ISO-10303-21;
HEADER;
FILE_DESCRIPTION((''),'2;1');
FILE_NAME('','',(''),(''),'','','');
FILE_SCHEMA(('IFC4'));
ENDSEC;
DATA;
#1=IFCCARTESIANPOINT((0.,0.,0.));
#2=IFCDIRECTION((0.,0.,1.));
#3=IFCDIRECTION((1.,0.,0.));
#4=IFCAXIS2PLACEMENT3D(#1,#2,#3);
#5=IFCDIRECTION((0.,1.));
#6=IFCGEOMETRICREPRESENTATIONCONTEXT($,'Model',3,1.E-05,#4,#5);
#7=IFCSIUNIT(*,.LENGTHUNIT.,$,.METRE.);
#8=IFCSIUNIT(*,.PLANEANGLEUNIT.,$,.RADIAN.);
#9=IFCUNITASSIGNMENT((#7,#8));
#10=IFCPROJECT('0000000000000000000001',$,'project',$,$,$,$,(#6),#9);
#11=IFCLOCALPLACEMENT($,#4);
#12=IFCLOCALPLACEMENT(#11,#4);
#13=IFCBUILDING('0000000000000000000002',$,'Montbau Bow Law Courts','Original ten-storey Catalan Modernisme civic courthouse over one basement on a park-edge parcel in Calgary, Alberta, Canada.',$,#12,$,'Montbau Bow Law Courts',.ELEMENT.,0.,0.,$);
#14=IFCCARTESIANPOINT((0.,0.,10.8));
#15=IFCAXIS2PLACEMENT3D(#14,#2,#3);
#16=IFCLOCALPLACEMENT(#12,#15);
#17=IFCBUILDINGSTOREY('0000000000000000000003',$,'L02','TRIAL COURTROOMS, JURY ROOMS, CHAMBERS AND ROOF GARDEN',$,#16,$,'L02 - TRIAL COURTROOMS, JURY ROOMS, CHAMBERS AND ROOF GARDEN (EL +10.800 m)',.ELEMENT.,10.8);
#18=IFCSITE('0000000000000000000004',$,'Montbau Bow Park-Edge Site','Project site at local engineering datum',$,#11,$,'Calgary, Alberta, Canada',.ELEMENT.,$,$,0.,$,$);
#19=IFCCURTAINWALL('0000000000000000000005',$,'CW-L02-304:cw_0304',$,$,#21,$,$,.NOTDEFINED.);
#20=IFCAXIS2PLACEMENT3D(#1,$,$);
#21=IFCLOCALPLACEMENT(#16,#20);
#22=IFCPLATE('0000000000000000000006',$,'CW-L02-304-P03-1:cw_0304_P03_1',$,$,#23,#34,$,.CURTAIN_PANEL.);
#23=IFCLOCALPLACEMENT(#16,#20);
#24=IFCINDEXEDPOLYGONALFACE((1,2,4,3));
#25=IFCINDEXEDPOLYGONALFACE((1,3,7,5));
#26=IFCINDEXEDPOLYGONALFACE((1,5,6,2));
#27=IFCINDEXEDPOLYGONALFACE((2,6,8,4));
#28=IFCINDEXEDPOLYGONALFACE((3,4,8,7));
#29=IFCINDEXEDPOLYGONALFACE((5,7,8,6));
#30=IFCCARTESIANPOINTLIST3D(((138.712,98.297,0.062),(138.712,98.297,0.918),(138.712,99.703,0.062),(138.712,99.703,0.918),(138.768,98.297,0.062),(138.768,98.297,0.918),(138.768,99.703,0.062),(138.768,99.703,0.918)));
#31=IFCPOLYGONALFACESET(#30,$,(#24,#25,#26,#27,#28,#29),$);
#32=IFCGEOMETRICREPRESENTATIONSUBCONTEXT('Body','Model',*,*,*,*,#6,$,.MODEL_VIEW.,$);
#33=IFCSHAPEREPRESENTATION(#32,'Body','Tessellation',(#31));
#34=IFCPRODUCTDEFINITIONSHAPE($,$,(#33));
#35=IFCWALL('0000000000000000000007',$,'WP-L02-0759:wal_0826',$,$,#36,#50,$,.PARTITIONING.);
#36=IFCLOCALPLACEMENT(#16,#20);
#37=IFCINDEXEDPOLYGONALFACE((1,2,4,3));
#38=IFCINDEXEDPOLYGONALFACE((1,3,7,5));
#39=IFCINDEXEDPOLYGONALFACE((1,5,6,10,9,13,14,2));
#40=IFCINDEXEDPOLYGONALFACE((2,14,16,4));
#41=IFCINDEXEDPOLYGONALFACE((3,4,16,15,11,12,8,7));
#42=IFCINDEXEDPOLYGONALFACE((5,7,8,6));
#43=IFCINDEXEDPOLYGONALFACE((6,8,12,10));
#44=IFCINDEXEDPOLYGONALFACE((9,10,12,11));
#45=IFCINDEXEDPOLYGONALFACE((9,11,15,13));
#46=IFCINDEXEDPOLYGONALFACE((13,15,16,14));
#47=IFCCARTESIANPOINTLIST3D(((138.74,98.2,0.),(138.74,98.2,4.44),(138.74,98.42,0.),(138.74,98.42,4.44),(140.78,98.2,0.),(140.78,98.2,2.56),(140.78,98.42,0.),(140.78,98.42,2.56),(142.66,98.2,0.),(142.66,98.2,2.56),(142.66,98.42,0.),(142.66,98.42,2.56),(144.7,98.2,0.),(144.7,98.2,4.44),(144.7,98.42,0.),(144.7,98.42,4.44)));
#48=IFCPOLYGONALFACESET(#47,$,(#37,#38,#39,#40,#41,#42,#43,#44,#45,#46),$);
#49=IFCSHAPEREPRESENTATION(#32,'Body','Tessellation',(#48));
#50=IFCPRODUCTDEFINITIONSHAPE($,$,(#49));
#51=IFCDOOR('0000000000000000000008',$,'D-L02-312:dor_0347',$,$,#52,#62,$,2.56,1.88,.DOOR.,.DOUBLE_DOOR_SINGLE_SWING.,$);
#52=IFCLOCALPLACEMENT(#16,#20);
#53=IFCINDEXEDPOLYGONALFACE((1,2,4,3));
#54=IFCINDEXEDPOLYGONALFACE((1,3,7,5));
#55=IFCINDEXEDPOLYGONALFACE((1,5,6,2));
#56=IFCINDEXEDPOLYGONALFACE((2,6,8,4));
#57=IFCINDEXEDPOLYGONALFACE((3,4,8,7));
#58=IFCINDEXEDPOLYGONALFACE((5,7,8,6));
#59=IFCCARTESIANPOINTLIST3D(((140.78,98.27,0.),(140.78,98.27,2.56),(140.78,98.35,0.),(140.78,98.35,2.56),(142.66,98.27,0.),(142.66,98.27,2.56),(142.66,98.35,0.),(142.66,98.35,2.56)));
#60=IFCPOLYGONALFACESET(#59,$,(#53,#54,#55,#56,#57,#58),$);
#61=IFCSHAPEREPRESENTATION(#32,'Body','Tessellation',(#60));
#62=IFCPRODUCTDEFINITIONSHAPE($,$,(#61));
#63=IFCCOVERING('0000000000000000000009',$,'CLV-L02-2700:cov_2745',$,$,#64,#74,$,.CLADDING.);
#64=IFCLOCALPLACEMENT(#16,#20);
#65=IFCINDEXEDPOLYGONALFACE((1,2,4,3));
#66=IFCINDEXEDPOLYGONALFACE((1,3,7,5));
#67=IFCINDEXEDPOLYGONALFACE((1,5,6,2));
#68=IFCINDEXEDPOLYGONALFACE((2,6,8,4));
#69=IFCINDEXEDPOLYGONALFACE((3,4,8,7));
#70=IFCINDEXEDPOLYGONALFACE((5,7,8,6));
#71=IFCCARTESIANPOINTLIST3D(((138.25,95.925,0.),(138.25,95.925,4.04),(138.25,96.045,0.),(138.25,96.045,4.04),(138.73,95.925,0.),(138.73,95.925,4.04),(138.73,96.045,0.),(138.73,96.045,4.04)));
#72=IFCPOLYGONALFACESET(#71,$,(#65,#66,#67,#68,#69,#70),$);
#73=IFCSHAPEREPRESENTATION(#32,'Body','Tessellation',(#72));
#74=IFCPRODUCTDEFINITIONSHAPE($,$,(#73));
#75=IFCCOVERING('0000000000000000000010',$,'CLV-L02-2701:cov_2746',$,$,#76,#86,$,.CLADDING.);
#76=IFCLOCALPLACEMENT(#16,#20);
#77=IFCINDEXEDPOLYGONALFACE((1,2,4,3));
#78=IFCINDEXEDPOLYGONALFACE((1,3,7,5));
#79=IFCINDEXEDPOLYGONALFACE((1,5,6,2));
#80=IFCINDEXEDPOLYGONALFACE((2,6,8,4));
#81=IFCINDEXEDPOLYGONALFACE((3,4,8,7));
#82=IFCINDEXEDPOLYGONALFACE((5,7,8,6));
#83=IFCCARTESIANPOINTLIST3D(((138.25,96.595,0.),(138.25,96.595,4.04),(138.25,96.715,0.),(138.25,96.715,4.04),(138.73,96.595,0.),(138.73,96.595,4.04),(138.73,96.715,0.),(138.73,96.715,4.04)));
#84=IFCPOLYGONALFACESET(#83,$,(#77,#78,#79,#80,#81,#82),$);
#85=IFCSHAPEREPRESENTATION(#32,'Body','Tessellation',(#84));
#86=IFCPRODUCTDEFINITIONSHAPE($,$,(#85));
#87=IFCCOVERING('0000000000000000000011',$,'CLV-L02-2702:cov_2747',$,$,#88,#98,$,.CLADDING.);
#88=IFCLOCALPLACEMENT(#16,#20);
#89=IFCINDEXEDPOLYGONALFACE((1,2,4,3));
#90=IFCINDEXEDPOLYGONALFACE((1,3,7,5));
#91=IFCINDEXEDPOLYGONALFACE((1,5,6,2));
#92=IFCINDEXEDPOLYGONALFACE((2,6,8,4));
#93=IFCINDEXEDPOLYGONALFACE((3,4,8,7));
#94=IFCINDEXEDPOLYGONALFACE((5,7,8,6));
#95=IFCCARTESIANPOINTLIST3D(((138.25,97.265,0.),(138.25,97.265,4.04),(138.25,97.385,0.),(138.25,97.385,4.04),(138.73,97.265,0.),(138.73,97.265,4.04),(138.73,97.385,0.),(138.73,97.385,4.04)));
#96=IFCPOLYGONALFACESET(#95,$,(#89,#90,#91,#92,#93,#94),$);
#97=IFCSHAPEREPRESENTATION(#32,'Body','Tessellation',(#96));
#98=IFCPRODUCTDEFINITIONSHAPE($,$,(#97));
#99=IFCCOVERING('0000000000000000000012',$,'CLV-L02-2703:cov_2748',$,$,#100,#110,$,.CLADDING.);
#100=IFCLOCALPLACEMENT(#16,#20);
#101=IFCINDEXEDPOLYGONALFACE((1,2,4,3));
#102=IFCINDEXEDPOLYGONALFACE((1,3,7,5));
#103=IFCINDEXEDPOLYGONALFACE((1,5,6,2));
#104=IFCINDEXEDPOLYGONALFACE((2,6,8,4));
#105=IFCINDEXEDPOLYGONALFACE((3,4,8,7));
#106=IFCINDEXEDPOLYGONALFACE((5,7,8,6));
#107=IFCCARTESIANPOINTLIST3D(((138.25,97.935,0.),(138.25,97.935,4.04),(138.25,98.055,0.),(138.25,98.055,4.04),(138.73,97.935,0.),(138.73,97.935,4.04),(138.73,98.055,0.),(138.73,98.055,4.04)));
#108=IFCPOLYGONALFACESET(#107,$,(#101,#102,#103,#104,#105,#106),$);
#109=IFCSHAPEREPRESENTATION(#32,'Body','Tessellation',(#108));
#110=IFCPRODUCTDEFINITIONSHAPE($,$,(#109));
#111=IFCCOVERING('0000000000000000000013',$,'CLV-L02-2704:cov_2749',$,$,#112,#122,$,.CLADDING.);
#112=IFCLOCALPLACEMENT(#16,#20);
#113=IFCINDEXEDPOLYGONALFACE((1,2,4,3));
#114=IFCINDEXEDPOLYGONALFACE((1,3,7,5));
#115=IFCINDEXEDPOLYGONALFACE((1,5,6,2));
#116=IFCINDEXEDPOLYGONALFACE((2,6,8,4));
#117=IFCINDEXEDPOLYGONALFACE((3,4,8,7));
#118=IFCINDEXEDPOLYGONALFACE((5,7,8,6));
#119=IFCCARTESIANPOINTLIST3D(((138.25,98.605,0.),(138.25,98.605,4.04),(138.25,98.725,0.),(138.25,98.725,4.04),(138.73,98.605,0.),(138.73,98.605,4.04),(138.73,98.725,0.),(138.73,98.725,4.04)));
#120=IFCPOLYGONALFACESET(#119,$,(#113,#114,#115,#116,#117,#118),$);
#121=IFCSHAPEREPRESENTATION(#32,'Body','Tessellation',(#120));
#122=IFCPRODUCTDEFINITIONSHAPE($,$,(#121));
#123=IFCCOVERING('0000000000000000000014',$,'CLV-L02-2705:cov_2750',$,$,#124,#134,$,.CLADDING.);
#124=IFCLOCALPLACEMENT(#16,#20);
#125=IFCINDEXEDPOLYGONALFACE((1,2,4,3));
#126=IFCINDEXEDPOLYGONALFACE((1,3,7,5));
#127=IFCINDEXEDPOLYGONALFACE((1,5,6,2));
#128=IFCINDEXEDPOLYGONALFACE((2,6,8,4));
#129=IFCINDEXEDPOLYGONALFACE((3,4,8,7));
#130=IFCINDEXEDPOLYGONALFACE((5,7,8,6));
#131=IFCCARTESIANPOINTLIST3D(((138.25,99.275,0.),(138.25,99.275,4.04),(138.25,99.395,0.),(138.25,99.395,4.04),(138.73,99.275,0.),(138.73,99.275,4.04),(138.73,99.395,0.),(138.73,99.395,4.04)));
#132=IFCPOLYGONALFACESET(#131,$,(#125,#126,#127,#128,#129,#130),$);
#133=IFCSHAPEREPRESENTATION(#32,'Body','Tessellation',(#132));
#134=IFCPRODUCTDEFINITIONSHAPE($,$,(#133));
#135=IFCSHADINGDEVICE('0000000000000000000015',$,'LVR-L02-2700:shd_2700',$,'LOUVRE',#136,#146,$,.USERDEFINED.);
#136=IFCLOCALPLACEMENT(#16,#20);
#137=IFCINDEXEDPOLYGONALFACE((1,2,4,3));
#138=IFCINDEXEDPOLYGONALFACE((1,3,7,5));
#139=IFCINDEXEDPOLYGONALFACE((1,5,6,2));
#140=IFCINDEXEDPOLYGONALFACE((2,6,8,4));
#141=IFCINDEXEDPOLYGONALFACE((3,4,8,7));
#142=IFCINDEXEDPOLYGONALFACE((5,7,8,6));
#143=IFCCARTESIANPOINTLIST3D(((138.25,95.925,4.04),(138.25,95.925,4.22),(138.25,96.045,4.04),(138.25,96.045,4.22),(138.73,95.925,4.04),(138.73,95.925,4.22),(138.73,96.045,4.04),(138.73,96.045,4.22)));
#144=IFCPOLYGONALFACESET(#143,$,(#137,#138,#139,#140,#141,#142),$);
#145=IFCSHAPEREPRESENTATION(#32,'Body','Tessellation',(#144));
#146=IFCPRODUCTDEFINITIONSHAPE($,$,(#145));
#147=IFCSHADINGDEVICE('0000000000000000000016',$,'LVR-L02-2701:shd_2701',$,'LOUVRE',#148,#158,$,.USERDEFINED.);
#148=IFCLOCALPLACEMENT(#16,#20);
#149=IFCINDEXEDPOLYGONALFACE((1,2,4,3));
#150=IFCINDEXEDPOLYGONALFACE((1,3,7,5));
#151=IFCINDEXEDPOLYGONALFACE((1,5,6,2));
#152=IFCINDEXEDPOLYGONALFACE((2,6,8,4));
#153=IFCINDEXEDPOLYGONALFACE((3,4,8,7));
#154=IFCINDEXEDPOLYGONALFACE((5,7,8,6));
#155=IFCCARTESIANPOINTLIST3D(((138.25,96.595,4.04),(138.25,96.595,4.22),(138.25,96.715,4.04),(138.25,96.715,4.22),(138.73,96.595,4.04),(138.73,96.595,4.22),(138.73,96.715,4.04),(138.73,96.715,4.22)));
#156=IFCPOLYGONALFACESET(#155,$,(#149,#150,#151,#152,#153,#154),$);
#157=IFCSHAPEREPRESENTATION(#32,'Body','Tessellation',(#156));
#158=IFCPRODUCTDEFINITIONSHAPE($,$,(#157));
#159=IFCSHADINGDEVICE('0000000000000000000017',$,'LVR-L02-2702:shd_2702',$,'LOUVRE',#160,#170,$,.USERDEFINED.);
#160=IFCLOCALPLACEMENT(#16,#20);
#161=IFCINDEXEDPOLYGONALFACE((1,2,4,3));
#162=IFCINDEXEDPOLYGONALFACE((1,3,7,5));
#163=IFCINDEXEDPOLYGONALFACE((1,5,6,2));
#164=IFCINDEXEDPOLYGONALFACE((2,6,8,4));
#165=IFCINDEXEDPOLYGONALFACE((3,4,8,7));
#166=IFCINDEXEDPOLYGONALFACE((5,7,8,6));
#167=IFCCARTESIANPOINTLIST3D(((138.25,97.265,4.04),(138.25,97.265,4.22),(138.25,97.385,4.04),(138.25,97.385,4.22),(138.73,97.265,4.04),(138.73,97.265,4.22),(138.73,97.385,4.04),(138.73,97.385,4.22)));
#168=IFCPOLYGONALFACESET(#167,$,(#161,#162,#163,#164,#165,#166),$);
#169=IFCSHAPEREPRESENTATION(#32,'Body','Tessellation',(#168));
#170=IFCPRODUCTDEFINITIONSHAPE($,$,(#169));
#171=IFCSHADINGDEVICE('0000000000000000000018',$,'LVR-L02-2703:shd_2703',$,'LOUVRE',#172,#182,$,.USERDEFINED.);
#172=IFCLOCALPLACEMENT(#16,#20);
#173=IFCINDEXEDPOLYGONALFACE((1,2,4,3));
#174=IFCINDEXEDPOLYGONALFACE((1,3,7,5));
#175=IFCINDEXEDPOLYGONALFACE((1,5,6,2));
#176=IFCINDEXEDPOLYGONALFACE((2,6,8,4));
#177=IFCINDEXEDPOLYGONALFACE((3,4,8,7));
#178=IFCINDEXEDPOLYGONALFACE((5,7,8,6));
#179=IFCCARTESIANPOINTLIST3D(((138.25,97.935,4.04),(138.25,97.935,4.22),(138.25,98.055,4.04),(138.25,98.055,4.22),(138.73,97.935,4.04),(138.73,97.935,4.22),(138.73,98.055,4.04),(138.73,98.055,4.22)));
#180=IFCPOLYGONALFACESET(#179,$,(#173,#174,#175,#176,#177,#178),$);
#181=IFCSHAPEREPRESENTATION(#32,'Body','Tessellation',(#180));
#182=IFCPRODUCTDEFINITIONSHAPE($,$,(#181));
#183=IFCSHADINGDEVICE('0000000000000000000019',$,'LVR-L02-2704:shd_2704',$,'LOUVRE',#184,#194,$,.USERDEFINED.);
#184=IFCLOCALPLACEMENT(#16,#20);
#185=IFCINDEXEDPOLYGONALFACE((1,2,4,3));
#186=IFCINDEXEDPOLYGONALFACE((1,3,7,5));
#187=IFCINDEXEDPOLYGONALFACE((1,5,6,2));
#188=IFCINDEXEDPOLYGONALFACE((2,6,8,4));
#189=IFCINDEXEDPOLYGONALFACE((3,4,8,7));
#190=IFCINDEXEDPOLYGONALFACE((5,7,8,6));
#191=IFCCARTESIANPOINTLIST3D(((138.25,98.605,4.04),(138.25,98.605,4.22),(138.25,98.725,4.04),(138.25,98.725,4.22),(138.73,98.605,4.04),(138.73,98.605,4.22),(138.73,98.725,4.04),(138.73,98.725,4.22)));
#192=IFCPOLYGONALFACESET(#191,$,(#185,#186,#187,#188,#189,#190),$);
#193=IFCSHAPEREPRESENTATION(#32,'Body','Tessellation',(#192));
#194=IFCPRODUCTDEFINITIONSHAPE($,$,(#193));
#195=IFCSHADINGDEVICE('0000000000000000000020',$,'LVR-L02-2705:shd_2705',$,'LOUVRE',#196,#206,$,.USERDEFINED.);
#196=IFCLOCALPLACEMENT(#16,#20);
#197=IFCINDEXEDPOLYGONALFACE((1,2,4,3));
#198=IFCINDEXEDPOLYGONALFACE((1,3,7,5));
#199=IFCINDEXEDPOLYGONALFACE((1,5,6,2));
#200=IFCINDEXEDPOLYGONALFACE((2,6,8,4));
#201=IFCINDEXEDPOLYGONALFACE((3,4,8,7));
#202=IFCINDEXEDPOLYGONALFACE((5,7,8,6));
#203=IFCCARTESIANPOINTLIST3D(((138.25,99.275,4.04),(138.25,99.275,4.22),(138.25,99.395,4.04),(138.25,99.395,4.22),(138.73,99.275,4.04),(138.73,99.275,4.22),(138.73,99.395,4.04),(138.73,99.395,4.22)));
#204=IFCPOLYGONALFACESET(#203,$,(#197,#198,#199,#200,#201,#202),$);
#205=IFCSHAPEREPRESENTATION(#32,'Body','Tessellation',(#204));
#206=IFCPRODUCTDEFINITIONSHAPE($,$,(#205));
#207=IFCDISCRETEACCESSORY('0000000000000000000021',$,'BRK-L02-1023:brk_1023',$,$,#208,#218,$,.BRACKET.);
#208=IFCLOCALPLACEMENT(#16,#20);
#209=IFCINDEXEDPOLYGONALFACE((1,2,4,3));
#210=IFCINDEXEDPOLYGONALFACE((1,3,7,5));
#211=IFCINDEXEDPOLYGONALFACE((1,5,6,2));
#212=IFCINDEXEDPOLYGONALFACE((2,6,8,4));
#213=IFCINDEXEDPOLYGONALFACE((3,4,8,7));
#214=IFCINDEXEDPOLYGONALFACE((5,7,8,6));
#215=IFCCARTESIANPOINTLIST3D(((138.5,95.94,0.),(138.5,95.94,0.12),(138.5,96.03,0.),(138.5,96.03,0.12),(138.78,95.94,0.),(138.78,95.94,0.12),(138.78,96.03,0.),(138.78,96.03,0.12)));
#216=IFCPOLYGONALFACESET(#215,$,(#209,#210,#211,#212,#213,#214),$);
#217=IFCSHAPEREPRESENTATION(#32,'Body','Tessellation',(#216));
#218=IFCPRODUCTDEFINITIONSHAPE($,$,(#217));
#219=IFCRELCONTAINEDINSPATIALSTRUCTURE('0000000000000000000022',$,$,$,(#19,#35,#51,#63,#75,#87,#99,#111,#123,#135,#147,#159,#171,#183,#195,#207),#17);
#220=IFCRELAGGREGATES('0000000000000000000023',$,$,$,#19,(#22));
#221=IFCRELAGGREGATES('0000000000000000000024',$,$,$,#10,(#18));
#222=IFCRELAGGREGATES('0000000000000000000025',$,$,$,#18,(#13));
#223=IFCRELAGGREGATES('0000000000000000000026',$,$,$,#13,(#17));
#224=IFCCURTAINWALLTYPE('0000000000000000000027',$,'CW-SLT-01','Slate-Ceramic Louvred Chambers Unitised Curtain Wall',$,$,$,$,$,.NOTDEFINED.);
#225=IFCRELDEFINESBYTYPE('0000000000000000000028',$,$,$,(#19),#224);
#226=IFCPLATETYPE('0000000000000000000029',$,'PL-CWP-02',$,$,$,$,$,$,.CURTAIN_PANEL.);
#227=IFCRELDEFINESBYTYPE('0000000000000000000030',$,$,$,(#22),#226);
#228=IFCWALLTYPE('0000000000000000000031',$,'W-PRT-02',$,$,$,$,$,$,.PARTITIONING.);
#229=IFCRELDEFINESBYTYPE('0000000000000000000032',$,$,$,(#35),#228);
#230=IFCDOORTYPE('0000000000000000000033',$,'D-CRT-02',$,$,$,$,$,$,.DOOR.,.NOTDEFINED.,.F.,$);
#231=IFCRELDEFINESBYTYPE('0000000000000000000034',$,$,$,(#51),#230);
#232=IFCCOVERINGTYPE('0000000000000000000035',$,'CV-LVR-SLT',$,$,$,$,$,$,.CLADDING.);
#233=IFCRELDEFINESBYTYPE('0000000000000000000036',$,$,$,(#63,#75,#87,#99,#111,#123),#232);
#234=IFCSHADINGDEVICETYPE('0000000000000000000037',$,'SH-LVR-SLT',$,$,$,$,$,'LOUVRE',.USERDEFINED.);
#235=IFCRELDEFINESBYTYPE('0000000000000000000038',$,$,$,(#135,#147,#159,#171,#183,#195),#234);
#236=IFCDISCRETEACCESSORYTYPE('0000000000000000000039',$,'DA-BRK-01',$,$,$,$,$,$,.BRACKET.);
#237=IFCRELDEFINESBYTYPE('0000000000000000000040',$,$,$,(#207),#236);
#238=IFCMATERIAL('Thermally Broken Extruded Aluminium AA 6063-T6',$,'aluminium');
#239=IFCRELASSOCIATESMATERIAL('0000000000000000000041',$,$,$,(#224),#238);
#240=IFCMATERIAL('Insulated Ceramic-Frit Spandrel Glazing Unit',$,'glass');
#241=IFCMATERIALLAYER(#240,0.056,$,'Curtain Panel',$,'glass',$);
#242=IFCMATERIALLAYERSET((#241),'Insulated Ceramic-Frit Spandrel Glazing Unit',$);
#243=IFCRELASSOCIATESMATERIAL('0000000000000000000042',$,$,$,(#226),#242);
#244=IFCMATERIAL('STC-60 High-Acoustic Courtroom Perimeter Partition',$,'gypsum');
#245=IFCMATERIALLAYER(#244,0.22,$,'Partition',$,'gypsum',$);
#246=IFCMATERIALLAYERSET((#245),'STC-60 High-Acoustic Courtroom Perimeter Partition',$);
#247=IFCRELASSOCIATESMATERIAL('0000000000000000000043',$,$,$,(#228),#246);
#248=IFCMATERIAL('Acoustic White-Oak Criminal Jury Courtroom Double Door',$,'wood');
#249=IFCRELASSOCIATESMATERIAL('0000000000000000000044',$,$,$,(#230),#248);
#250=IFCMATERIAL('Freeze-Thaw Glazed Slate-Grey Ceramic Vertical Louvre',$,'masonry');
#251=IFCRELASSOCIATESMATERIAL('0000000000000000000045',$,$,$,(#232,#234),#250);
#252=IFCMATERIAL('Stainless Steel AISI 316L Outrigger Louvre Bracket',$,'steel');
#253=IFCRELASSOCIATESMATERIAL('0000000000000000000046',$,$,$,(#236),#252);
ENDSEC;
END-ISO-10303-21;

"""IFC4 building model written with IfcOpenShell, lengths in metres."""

from ifc_helpers import new_model, si_unit, direction, frame, frame_2d, origin_with_axes, origin_2d_with_axis, place, context, subcontext, project, spatial, rectangle, extrude, material, layer, layer_set, type_object, element, fill, aggregate, save


model = new_model("IFC4")

# Units and contexts
model_context = context("Model", 3, precision=1e-05, world=origin_with_axes(), true_north=direction((0.0, 1.0)))
body_context = subcontext(model_context, "Body", "Model", "MODEL_VIEW")
ifc_project = project(units=[si_unit("LENGTHUNIT", "METRE"), si_unit("PLANEANGLEUNIT", "RADIAN")], contexts=[model_context])

# Site, building, storey
site_placement = place(None, origin_with_axes())
site = spatial("IfcSite", under=ifc_project, at=site_placement, Name="Montbau Bow Park-Edge Site", Description="Project site at local engineering datum", LongName="Calgary, Alberta, Canada", CompositionType="ELEMENT", RefElevation=0.0)
building_placement = place(site_placement, origin_with_axes())
building = spatial("IfcBuilding", under=site, at=building_placement, Name="Montbau Bow Law Courts", Description="Original ten-storey Catalan Modernisme civic courthouse over one basement on a park-edge parcel in Calgary, Alberta, Canada.", LongName="Montbau Bow Law Courts", CompositionType="ELEMENT", ElevationOfRefHeight=0.0, ElevationOfTerrain=0.0)
storey_placement = place(building_placement, frame((0.0, 0.0, 10.8), z_axis=(0.0, 0.0, 1.0), x_axis=(1.0, 0.0, 0.0)))
storey = spatial("IfcBuildingStorey", under=building, at=storey_placement, Name="L02", Description="TRIAL COURTROOMS, JURY ROOMS, CHAMBERS AND ROOF GARDEN", LongName="L02 - TRIAL COURTROOMS, JURY ROOMS, CHAMBERS AND ROOF GARDEN (EL +10.800 m)", CompositionType="ELEMENT", Elevation=10.8)

# Curtain wall, plate
ifc_material_1 = material(Name="Thermally Broken Extruded Aluminium AA 6063-T6", Category="aluminium")
curtain_wall_type = type_object("IfcCurtainWallType", Name="CW-SLT-01", Description="Slate-Ceramic Louvred Chambers Unitised Curtain Wall", PredefinedType="NOTDEFINED", material=ifc_material_1)
curtain_wall_placement = place(None, frame((138.74, 95.315, 10.8), z_axis=(0.0, 0.0, 1.0), x_axis=(1.0, 0.0, 0.0)))
curtain_wall = element("IfcCurtainWall", 1, at=curtain_wall_placement, inside=storey, type_object=curtain_wall_type, Name="CW-L02-304:cw_0304", PredefinedType="NOTDEFINED")
ifc_material_2 = material(Name="Insulated Ceramic-Frit Spandrel Glazing Unit", Category="glass")
ifc_layer_1 = layer(ifc_material_2, 0.056, Name="Curtain Panel", Category="glass")
ifc_layer_set_1 = layer_set([ifc_layer_1], Name="Insulated Ceramic-Frit Spandrel Glazing Unit")
plate_type_1 = type_object("IfcPlateType", Name="PL-CWP-02", PredefinedType="CURTAIN_PANEL", material=ifc_layer_set_1)
plate_1_placement = place(None, frame((138.74, 98.297, 10.862), z_axis=(1.0, 0.0, 0.0), x_axis=(0.0, 1.0, 0.0)))
plate_1 = element("IfcPlate", 2, at=plate_1_placement, type_object=plate_type_1, Name="CW-L02-304-P03-1:cw_0304_P03_1", PredefinedType="CURTAIN_PANEL", context=body_context, shape_type="SweptSolid", body=[
    extrude(rectangle(XDim=1.406, YDim=0.856, at=frame_2d((0.703, 0.428), x_axis=(1.0, 0.0))), frame((0.0, 0.0, -0.028), z_axis=(0.0, 0.0, 1.0), x_axis=(1.0, 0.0, 0.0)), (0.0, 0.0, 1.0), 0.056),
])
aggregate(curtain_wall, [plate_1])

# Wall, opening, door
ifc_material_3 = material(Name="STC-60 High-Acoustic Courtroom Perimeter Partition", Category="gypsum")
ifc_layer_2 = layer(ifc_material_3, 0.22, Name="Partition", Category="gypsum")
ifc_layer_set_2 = layer_set([ifc_layer_2], Name="STC-60 High-Acoustic Courtroom Perimeter Partition")
wall_type = type_object("IfcWallType", Name="W-PRT-02", PredefinedType="PARTITIONING", material=ifc_layer_set_2)
wall_placement = place(None, frame((138.74, 98.31, 10.8), z_axis=(0.0, 0.0, 1.0), x_axis=(1.0, 0.0, 0.0)))
wall = element("IfcWall", 3, at=wall_placement, inside=storey, type_object=wall_type, Name="WP-L02-0759:wal_0826", PredefinedType="PARTITIONING", context=body_context, shape_type="SweptSolid", body=[
    extrude(rectangle(XDim=5.96, YDim=0.22, at=frame_2d((2.98, 0.0), x_axis=(1.0, 0.0))), origin_with_axes(), (0.0, 0.0, 1.0), 4.44),
])
opening_placement = place(None, frame((141.72, 98.31, 10.8), z_axis=(0.0, 0.0, 1.0), x_axis=(1.0, 0.0, 0.0)))
opening = element("IfcOpeningElement", 4, at=opening_placement, cuts=wall, PredefinedType="OPENING", context=body_context, shape_type="SweptSolid", body=[
    extrude(rectangle(XDim=1.88, YDim=2.56, at=frame_2d((0.0, 1.28), x_axis=(1.0, 0.0))), frame((0.0, 0.12, 0.0), z_axis=(0.0, -1.0, 0.0), x_axis=(1.0, 0.0, 0.0)), (0.0, 0.0, 1.0), 0.24),
])
ifc_material_4 = material(Name="Acoustic White-Oak Criminal Jury Courtroom Double Door", Category="wood")
door_type = type_object("IfcDoorType", Name="D-CRT-02", OperationType="NOTDEFINED", ParameterTakesPrecedence=False, PredefinedType="DOOR", material=ifc_material_4)
door_placement = place(None, frame((141.72, 98.31, 10.8), z_axis=(0.0, 0.0, 1.0), x_axis=(1.0, 0.0, 0.0)))
door = element("IfcDoor", 5, at=door_placement, inside=storey, type_object=door_type, Name="D-L02-312:dor_0347", OperationType="DOUBLE_DOOR_SINGLE_SWING", OverallHeight=2.56, OverallWidth=1.88, PredefinedType="DOOR", context=body_context, shape_type="SweptSolid", body=[
    extrude(rectangle(XDim=1.88, YDim=2.56, at=frame_2d((0.0, 1.28), x_axis=(1.0, 0.0))), frame((0.0, 0.04, 0.0), z_axis=(0.0, -1.0, 0.0), x_axis=(1.0, 0.0, 0.0)), (0.0, 0.0, 1.0), 0.08),
])
fill(opening, door)

# Coverings
ifc_material_5 = material(Name="Freeze-Thaw Glazed Slate-Grey Ceramic Vertical Louvre", Category="masonry")
covering_type = type_object("IfcCoveringType", Name="CV-LVR-SLT", PredefinedType="CLADDING", material=ifc_material_5)
for number, where, z_axis, x_axis, name in (
    (6, (138.73, 95.985, 10.8), (0.0, 1.0, 0.0), (-1.0, 0.0, 0.0), "CLV-L02-2700:cov_2745"),
    (7, (138.73, 96.655, 10.8), (0.0, 1.0, 0.0), (-1.0, 0.0, 0.0), "CLV-L02-2701:cov_2746"),
    (8, (138.73, 97.325, 10.8), (0.0, 1.0, 0.0), (-1.0, 0.0, 0.0), "CLV-L02-2702:cov_2747"),
    (9, (138.73, 97.995, 10.8), (0.0, 1.0, 0.0), (-1.0, 0.0, 0.0), "CLV-L02-2703:cov_2748"),
    (10, (138.73, 98.665, 10.8), (0.0, 1.0, 0.0), (-1.0, 0.0, 0.0), "CLV-L02-2704:cov_2749"),
    (11, (138.73, 99.335, 10.8), (0.0, 1.0, 0.0), (-1.0, 0.0, 0.0), "CLV-L02-2705:cov_2750"),
):
    element("IfcCovering", number, at=place(None, frame(where, z_axis=z_axis, x_axis=x_axis)), inside=storey, type_object=covering_type, Name=name, PredefinedType="CLADDING", context=body_context, shape_type="SweptSolid", body=[
        extrude(rectangle(XDim=0.48, YDim=4.04, at=frame_2d((0.24, 2.02), x_axis=(1.0, 0.0))), frame((0.0, 0.0, -0.06), z_axis=(0.0, 0.0, 1.0), x_axis=(1.0, 0.0, 0.0)), (0.0, 0.0, 1.0), 0.12),
    ])

# Shading devices
shading_device_type = type_object("IfcShadingDeviceType", Name="SH-LVR-SLT", ElementType="LOUVRE", PredefinedType="USERDEFINED", material=ifc_material_5)
for number, where, z_axis, x_axis, name in (
    (12, (138.49, 95.985, 14.84), (0.0, 0.0, 1.0), (-1.0, 0.0, 0.0), "LVR-L02-2700:shd_2700"),
    (13, (138.49, 96.655, 14.84), (0.0, 0.0, 1.0), (-1.0, 0.0, 0.0), "LVR-L02-2701:shd_2701"),
    (14, (138.49, 97.325, 14.84), (0.0, 0.0, 1.0), (-1.0, 0.0, 0.0), "LVR-L02-2702:shd_2702"),
    (15, (138.49, 97.995, 14.84), (0.0, 0.0, 1.0), (-1.0, 0.0, 0.0), "LVR-L02-2703:shd_2703"),
    (16, (138.49, 98.665, 14.84), (0.0, 0.0, 1.0), (-1.0, 0.0, 0.0), "LVR-L02-2704:shd_2704"),
    (17, (138.49, 99.335, 14.84), (0.0, 0.0, 1.0), (-1.0, 0.0, 0.0), "LVR-L02-2705:shd_2705"),
):
    element("IfcShadingDevice", number, at=place(None, frame(where, z_axis=z_axis, x_axis=x_axis)), inside=storey, type_object=shading_device_type, Name=name, ObjectType="LOUVRE", PredefinedType="USERDEFINED", context=body_context, shape_type="SweptSolid", body=[
        extrude(rectangle(XDim=0.48, YDim=0.12, at=origin_2d_with_axis()), origin_with_axes(), (0.0, 0.0, 1.0), 0.18),
    ])

# Discrete accessory
ifc_material_6 = material(Name="Stainless Steel AISI 316L Outrigger Louvre Bracket", Category="steel")
discrete_accessory_type = type_object("IfcDiscreteAccessoryType", Name="DA-BRK-01", PredefinedType="BRACKET", material=ifc_material_6)
for number, where, z_axis, x_axis, name in (
    (18, (138.64, 95.985, 10.8), (0.0, 0.0, 1.0), (-1.0, 0.0, 0.0), "BRK-L02-1023:brk_1023"),
):
    element("IfcDiscreteAccessory", number, at=place(None, frame(where, z_axis=z_axis, x_axis=x_axis)), inside=storey, type_object=discrete_accessory_type, Name=name, PredefinedType="BRACKET", context=body_context, shape_type="SweptSolid", body=[
        extrude(rectangle(XDim=0.28, YDim=0.09, at=origin_2d_with_axis()), origin_with_axes(), (0.0, 0.0, 1.0), 0.12),
    ])

save(model, "model.ifc")
